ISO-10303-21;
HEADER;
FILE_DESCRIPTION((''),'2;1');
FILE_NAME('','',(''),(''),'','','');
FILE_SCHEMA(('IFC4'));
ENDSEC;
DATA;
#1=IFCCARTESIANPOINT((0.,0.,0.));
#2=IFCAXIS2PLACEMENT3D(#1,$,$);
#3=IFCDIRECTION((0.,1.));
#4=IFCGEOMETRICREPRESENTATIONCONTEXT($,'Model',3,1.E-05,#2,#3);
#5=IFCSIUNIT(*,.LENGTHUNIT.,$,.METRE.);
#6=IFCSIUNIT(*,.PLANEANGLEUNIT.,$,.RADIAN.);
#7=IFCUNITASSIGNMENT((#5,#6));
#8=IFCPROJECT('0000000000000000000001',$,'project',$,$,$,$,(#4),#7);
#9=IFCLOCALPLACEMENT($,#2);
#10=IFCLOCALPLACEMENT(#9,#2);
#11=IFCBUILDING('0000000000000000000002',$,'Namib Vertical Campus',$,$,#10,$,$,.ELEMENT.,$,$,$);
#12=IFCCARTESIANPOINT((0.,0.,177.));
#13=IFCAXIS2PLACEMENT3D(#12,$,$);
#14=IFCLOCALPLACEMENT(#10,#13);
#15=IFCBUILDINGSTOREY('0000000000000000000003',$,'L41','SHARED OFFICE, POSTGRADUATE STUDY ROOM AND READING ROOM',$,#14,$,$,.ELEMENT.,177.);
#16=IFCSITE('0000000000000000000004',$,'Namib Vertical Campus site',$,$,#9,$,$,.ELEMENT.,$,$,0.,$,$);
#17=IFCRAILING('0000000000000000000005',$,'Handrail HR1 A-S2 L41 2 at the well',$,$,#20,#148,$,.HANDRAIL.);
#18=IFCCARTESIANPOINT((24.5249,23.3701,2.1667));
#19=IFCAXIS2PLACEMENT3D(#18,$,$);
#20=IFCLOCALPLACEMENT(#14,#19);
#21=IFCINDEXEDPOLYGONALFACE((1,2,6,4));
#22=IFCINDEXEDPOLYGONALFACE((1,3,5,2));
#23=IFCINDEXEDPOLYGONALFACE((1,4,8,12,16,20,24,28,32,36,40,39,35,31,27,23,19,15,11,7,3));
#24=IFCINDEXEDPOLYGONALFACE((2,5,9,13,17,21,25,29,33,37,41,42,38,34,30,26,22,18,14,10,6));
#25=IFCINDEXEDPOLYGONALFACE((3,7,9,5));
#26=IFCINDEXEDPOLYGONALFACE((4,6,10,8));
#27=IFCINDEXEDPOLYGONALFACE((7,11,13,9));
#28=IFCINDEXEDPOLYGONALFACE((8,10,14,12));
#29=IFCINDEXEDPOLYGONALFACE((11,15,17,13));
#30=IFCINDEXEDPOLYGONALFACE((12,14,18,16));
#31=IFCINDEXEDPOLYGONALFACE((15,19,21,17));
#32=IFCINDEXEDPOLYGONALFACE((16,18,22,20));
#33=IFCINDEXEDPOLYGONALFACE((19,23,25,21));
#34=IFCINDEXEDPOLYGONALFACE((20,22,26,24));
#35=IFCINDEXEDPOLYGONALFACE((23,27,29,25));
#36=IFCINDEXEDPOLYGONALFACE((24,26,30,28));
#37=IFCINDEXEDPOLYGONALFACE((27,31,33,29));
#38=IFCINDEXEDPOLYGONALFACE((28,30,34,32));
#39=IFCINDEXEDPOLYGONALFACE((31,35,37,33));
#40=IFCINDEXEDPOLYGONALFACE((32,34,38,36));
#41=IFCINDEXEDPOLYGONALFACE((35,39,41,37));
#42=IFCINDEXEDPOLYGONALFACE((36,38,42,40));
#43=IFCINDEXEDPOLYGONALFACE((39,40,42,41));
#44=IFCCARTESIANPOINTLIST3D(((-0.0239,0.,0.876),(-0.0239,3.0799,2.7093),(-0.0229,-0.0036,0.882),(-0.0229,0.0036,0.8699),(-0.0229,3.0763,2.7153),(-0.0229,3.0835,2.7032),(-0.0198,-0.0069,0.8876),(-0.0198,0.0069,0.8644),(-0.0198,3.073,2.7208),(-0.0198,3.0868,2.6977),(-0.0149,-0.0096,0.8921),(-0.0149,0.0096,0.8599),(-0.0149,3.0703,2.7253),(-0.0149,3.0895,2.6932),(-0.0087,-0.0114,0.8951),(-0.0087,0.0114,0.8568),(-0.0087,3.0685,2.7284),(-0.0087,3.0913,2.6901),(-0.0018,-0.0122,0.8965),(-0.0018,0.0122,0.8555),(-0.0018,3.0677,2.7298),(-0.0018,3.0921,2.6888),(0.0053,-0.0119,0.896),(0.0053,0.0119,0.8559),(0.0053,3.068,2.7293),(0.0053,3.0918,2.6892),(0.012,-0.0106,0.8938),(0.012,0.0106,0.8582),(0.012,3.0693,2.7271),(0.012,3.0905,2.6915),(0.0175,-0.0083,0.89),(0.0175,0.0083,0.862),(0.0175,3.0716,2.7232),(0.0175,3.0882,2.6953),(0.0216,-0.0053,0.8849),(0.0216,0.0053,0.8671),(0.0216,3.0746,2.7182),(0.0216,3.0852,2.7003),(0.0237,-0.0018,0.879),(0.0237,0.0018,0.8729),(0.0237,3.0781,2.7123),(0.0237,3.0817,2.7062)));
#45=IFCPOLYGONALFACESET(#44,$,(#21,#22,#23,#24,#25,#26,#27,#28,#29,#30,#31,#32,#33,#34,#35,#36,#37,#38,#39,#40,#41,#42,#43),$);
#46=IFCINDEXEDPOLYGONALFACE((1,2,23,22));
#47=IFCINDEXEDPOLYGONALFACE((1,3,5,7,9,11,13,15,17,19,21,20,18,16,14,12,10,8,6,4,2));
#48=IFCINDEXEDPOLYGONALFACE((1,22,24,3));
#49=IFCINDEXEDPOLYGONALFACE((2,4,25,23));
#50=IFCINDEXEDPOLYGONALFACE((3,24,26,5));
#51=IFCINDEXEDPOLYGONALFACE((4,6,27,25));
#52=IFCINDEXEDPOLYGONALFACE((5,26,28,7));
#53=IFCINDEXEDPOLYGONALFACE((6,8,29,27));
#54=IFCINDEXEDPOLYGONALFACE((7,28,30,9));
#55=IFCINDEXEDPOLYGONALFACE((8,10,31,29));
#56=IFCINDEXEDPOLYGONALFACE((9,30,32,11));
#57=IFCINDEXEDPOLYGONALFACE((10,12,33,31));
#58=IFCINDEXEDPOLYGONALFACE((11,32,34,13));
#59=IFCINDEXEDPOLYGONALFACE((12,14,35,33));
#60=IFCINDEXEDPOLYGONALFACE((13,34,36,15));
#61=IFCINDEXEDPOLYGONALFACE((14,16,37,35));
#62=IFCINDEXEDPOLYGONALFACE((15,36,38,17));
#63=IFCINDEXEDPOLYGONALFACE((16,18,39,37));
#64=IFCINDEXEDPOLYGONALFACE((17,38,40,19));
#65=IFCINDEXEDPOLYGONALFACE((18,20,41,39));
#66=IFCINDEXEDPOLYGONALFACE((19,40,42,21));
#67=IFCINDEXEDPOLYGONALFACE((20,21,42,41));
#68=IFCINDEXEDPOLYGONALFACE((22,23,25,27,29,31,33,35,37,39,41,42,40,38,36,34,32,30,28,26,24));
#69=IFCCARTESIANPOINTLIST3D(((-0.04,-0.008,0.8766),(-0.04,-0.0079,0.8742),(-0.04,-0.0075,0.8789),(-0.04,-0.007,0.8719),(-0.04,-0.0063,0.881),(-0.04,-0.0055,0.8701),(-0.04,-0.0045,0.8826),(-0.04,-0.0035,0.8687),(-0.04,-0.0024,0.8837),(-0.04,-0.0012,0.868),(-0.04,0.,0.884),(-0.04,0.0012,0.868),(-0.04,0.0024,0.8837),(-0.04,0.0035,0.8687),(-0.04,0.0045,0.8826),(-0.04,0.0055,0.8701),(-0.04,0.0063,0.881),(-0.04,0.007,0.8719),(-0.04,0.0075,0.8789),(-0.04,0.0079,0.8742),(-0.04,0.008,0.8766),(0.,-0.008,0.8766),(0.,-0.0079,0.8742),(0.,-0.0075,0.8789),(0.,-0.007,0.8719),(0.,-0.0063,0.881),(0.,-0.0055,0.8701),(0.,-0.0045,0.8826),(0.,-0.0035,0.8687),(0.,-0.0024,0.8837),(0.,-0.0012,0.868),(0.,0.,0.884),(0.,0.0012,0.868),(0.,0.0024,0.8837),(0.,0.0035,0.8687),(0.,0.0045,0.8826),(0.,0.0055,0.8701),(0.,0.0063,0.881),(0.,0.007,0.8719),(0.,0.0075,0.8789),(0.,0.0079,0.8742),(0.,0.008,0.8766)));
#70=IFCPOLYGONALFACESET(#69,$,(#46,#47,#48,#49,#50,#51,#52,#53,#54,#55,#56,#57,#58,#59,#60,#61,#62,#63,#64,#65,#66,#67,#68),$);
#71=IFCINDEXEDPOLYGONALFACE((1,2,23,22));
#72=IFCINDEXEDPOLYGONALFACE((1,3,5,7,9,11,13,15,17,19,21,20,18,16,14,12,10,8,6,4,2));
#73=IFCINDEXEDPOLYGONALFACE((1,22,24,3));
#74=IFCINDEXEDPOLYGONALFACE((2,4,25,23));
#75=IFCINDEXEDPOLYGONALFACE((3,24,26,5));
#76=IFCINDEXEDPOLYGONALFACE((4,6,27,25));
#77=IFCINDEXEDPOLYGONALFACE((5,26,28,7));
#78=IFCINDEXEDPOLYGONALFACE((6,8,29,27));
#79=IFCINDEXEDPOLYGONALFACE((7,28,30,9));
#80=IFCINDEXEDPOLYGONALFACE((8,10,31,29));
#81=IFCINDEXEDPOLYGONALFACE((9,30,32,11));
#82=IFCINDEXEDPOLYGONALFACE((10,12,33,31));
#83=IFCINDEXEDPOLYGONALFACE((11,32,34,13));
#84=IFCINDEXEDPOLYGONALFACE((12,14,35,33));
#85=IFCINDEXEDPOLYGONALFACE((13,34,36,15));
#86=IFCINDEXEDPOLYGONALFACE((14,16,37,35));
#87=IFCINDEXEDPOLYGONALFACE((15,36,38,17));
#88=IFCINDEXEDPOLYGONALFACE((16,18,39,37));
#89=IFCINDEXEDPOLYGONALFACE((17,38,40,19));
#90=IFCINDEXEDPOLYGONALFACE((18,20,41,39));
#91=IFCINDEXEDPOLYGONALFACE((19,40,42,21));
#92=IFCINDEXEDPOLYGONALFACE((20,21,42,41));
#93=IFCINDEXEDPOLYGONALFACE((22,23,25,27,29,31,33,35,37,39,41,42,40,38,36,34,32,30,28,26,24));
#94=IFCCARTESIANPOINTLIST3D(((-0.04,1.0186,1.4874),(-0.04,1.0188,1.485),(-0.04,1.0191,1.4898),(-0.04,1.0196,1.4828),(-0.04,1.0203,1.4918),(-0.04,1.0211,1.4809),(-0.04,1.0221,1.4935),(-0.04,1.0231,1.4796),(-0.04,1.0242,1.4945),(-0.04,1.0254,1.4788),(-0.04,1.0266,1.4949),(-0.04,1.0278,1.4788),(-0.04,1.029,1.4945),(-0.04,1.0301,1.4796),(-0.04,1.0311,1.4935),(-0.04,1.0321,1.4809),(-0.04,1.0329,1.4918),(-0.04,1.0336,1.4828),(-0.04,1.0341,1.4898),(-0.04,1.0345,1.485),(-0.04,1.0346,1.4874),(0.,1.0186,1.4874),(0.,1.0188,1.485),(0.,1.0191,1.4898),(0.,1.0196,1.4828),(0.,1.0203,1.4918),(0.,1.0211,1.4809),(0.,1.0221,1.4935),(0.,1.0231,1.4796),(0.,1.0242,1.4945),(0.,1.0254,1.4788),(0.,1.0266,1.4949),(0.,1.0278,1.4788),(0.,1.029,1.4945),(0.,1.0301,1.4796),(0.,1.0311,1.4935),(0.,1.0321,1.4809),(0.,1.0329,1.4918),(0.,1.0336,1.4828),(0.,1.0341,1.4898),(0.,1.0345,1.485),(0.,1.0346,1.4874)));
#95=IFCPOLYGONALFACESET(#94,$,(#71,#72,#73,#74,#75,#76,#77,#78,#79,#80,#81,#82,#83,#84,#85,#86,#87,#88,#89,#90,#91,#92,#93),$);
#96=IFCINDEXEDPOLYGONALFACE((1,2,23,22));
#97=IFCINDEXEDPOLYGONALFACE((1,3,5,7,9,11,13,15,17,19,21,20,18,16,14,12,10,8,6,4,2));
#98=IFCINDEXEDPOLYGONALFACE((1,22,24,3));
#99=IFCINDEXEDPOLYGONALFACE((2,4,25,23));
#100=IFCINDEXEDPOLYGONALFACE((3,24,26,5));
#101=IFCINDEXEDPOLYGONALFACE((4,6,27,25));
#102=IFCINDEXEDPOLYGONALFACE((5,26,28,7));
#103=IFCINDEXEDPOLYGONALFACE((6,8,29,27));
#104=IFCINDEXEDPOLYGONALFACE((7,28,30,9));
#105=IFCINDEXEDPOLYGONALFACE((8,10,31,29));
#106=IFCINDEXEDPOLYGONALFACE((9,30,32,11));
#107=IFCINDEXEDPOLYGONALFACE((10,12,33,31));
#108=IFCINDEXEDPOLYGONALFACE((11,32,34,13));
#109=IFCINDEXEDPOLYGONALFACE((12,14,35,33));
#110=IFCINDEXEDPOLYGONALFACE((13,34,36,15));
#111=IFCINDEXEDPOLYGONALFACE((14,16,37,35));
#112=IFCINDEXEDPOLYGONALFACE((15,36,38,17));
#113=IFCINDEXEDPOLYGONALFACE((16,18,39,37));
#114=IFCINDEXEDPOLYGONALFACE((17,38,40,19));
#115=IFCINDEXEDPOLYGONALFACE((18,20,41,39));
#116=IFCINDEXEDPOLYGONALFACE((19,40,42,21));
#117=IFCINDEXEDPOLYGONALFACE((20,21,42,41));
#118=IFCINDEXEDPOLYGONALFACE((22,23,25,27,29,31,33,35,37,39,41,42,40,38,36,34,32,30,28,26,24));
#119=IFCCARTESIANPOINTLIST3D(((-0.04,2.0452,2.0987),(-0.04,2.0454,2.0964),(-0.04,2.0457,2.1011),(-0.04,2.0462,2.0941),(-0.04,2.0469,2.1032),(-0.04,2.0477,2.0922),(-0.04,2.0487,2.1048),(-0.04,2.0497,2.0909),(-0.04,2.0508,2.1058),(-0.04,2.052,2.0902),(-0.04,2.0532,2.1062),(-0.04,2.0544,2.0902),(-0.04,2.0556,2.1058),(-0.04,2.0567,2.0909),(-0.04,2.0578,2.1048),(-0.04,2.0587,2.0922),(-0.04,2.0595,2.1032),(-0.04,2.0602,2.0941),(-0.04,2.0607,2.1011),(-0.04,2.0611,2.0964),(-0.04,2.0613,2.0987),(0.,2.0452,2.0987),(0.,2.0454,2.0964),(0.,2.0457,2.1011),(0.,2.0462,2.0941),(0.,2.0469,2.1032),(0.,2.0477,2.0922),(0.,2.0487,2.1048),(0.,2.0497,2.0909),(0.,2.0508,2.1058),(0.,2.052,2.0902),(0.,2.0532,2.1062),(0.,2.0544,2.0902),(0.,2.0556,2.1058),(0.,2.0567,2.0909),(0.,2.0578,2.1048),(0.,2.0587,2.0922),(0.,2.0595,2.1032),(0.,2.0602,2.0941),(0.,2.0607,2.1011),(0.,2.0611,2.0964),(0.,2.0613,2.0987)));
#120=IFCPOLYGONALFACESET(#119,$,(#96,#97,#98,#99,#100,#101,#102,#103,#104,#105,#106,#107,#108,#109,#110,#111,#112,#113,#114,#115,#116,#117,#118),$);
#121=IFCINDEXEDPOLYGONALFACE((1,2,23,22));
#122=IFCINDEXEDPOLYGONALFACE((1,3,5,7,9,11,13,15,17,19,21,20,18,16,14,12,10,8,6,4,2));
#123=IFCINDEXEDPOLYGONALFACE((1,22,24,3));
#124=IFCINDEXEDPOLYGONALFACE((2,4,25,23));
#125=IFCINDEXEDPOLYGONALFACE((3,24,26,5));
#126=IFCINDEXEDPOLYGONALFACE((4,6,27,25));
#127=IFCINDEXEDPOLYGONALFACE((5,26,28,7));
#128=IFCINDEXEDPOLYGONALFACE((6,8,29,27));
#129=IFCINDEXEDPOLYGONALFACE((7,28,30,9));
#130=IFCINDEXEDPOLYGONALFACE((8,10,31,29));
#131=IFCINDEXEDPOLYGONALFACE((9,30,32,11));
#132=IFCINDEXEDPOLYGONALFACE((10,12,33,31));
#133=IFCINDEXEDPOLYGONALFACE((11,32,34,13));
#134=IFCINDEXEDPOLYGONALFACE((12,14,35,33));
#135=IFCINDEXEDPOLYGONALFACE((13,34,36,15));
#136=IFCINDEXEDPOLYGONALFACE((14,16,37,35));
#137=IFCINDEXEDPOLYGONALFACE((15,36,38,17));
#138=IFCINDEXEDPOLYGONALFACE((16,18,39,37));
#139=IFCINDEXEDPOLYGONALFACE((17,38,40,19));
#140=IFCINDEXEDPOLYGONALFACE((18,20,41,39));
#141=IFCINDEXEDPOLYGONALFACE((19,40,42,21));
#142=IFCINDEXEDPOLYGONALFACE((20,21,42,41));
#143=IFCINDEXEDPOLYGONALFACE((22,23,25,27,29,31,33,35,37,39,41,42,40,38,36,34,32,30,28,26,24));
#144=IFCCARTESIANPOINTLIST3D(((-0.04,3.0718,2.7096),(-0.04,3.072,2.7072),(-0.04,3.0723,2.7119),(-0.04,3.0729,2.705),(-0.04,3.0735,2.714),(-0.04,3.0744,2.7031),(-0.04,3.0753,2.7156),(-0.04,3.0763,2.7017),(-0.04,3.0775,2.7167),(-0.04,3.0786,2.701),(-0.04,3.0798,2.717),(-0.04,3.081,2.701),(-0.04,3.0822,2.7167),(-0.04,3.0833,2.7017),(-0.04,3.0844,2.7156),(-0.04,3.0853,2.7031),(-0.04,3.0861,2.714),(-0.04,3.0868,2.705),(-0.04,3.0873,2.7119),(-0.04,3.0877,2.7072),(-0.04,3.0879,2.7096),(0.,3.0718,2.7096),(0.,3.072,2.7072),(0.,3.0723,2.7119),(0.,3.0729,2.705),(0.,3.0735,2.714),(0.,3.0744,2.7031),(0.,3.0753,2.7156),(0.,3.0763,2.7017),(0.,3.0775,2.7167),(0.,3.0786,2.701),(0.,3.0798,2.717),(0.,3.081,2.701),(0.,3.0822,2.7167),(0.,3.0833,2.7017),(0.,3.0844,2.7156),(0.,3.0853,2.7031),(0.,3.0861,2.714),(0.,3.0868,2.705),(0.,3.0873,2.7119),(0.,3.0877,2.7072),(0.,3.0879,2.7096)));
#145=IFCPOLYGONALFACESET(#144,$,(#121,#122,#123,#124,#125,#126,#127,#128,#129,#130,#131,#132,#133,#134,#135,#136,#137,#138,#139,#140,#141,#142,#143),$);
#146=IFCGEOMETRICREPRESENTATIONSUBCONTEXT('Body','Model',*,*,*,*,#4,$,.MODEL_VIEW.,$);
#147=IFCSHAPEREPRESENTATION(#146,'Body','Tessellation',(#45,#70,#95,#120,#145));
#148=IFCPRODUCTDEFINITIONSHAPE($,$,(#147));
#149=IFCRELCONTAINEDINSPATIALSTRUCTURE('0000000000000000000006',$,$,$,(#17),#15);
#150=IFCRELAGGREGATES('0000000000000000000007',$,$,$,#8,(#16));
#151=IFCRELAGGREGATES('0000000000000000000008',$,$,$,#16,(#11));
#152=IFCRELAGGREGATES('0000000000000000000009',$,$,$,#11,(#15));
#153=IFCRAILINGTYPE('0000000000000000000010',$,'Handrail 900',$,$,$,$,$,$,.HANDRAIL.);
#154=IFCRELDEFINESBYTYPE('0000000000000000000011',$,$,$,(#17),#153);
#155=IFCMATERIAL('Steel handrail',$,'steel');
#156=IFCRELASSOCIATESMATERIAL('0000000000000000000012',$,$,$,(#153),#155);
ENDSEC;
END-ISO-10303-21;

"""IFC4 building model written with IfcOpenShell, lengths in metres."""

from ifc_helpers import new_model, si_unit, direction, frame, origin, origin_2d, place, context, subcontext, project, spatial, circle, extrude, material, type_object, element, save


model = new_model("IFC4")

# Units and contexts
model_context = context("Model", 3, precision=1e-05, world=origin(), true_north=direction((0.0, 1.0)))
body_context = subcontext(model_context, "Body", "Model", "MODEL_VIEW")
ifc_project = project(units=[si_unit("LENGTHUNIT", "METRE"), si_unit("PLANEANGLEUNIT", "RADIAN")], contexts=[model_context])

# Site, building, storey
site_placement = place(None, origin())
site = spatial("IfcSite", under=ifc_project, at=site_placement, Name="Namib Vertical Campus site", CompositionType="ELEMENT", RefElevation=0.0)
building_placement = place(site_placement, origin())
building = spatial("IfcBuilding", under=site, at=building_placement, Name="Namib Vertical Campus", CompositionType="ELEMENT")
storey_placement = place(building_placement, frame((0.0, 0.0, 177.0)))
storey = spatial("IfcBuildingStorey", under=building, at=storey_placement, Name="L41", Description="SHARED OFFICE, POSTGRADUATE STUDY ROOM AND READING ROOM", CompositionType="ELEMENT", Elevation=177.0)

# Railing
ifc_material_1 = material(Name="Steel handrail", Category="steel")
railing_type_1 = type_object("IfcRailingType", Name="Handrail 900", PredefinedType="HANDRAIL", material=ifc_material_1)
railing_1_placement = place(storey_placement, frame((24.5249, 23.3701, 2.1667)))
element("IfcRailing", 1, at=railing_1_placement, inside=storey, type_object=railing_type_1, Name="Handrail HR1 A-S2 L41 2 at the well", PredefinedType="HANDRAIL", context=body_context, shape_type="SweptSolid", body=[
    extrude(circle(Radius=0.0239, at=origin_2d()), frame((0.0, 0.0, 0.876), z_axis=(0.0, 0.859291, 0.511487), x_axis=(-1.0, 0.0, 0.0)), (0.0, 0.0, 1.0), 3.5842),
    extrude(circle(Radius=0.0081, at=origin_2d()), frame((0.0, 0.0, 0.876), z_axis=(-1.0, 0.0, 0.0), x_axis=(0.0, 0.0, 1.0)), (0.0, 0.0, 1.0), 0.04),
    extrude(circle(Radius=0.0081, at=origin_2d()), frame((0.0, 1.0266, 1.4868), z_axis=(-1.0, 0.0, 0.0), x_axis=(0.0, 0.0, 1.0)), (0.0, 0.0, 1.0), 0.04),
    extrude(circle(Radius=0.0081, at=origin_2d()), frame((0.0, 2.0532, 2.0981), z_axis=(-1.0, 0.0, 0.0), x_axis=(0.0, 0.0, 1.0)), (0.0, 0.0, 1.0), 0.04),
    extrude(circle(Radius=0.0081, at=origin_2d()), frame((0.0, 3.0798, 2.709), z_axis=(-1.0, 0.0, 0.0), x_axis=(0.0, 0.0, 1.0)), (0.0, 0.0, 1.0), 0.04),
])

save(model, "model.ifc")
